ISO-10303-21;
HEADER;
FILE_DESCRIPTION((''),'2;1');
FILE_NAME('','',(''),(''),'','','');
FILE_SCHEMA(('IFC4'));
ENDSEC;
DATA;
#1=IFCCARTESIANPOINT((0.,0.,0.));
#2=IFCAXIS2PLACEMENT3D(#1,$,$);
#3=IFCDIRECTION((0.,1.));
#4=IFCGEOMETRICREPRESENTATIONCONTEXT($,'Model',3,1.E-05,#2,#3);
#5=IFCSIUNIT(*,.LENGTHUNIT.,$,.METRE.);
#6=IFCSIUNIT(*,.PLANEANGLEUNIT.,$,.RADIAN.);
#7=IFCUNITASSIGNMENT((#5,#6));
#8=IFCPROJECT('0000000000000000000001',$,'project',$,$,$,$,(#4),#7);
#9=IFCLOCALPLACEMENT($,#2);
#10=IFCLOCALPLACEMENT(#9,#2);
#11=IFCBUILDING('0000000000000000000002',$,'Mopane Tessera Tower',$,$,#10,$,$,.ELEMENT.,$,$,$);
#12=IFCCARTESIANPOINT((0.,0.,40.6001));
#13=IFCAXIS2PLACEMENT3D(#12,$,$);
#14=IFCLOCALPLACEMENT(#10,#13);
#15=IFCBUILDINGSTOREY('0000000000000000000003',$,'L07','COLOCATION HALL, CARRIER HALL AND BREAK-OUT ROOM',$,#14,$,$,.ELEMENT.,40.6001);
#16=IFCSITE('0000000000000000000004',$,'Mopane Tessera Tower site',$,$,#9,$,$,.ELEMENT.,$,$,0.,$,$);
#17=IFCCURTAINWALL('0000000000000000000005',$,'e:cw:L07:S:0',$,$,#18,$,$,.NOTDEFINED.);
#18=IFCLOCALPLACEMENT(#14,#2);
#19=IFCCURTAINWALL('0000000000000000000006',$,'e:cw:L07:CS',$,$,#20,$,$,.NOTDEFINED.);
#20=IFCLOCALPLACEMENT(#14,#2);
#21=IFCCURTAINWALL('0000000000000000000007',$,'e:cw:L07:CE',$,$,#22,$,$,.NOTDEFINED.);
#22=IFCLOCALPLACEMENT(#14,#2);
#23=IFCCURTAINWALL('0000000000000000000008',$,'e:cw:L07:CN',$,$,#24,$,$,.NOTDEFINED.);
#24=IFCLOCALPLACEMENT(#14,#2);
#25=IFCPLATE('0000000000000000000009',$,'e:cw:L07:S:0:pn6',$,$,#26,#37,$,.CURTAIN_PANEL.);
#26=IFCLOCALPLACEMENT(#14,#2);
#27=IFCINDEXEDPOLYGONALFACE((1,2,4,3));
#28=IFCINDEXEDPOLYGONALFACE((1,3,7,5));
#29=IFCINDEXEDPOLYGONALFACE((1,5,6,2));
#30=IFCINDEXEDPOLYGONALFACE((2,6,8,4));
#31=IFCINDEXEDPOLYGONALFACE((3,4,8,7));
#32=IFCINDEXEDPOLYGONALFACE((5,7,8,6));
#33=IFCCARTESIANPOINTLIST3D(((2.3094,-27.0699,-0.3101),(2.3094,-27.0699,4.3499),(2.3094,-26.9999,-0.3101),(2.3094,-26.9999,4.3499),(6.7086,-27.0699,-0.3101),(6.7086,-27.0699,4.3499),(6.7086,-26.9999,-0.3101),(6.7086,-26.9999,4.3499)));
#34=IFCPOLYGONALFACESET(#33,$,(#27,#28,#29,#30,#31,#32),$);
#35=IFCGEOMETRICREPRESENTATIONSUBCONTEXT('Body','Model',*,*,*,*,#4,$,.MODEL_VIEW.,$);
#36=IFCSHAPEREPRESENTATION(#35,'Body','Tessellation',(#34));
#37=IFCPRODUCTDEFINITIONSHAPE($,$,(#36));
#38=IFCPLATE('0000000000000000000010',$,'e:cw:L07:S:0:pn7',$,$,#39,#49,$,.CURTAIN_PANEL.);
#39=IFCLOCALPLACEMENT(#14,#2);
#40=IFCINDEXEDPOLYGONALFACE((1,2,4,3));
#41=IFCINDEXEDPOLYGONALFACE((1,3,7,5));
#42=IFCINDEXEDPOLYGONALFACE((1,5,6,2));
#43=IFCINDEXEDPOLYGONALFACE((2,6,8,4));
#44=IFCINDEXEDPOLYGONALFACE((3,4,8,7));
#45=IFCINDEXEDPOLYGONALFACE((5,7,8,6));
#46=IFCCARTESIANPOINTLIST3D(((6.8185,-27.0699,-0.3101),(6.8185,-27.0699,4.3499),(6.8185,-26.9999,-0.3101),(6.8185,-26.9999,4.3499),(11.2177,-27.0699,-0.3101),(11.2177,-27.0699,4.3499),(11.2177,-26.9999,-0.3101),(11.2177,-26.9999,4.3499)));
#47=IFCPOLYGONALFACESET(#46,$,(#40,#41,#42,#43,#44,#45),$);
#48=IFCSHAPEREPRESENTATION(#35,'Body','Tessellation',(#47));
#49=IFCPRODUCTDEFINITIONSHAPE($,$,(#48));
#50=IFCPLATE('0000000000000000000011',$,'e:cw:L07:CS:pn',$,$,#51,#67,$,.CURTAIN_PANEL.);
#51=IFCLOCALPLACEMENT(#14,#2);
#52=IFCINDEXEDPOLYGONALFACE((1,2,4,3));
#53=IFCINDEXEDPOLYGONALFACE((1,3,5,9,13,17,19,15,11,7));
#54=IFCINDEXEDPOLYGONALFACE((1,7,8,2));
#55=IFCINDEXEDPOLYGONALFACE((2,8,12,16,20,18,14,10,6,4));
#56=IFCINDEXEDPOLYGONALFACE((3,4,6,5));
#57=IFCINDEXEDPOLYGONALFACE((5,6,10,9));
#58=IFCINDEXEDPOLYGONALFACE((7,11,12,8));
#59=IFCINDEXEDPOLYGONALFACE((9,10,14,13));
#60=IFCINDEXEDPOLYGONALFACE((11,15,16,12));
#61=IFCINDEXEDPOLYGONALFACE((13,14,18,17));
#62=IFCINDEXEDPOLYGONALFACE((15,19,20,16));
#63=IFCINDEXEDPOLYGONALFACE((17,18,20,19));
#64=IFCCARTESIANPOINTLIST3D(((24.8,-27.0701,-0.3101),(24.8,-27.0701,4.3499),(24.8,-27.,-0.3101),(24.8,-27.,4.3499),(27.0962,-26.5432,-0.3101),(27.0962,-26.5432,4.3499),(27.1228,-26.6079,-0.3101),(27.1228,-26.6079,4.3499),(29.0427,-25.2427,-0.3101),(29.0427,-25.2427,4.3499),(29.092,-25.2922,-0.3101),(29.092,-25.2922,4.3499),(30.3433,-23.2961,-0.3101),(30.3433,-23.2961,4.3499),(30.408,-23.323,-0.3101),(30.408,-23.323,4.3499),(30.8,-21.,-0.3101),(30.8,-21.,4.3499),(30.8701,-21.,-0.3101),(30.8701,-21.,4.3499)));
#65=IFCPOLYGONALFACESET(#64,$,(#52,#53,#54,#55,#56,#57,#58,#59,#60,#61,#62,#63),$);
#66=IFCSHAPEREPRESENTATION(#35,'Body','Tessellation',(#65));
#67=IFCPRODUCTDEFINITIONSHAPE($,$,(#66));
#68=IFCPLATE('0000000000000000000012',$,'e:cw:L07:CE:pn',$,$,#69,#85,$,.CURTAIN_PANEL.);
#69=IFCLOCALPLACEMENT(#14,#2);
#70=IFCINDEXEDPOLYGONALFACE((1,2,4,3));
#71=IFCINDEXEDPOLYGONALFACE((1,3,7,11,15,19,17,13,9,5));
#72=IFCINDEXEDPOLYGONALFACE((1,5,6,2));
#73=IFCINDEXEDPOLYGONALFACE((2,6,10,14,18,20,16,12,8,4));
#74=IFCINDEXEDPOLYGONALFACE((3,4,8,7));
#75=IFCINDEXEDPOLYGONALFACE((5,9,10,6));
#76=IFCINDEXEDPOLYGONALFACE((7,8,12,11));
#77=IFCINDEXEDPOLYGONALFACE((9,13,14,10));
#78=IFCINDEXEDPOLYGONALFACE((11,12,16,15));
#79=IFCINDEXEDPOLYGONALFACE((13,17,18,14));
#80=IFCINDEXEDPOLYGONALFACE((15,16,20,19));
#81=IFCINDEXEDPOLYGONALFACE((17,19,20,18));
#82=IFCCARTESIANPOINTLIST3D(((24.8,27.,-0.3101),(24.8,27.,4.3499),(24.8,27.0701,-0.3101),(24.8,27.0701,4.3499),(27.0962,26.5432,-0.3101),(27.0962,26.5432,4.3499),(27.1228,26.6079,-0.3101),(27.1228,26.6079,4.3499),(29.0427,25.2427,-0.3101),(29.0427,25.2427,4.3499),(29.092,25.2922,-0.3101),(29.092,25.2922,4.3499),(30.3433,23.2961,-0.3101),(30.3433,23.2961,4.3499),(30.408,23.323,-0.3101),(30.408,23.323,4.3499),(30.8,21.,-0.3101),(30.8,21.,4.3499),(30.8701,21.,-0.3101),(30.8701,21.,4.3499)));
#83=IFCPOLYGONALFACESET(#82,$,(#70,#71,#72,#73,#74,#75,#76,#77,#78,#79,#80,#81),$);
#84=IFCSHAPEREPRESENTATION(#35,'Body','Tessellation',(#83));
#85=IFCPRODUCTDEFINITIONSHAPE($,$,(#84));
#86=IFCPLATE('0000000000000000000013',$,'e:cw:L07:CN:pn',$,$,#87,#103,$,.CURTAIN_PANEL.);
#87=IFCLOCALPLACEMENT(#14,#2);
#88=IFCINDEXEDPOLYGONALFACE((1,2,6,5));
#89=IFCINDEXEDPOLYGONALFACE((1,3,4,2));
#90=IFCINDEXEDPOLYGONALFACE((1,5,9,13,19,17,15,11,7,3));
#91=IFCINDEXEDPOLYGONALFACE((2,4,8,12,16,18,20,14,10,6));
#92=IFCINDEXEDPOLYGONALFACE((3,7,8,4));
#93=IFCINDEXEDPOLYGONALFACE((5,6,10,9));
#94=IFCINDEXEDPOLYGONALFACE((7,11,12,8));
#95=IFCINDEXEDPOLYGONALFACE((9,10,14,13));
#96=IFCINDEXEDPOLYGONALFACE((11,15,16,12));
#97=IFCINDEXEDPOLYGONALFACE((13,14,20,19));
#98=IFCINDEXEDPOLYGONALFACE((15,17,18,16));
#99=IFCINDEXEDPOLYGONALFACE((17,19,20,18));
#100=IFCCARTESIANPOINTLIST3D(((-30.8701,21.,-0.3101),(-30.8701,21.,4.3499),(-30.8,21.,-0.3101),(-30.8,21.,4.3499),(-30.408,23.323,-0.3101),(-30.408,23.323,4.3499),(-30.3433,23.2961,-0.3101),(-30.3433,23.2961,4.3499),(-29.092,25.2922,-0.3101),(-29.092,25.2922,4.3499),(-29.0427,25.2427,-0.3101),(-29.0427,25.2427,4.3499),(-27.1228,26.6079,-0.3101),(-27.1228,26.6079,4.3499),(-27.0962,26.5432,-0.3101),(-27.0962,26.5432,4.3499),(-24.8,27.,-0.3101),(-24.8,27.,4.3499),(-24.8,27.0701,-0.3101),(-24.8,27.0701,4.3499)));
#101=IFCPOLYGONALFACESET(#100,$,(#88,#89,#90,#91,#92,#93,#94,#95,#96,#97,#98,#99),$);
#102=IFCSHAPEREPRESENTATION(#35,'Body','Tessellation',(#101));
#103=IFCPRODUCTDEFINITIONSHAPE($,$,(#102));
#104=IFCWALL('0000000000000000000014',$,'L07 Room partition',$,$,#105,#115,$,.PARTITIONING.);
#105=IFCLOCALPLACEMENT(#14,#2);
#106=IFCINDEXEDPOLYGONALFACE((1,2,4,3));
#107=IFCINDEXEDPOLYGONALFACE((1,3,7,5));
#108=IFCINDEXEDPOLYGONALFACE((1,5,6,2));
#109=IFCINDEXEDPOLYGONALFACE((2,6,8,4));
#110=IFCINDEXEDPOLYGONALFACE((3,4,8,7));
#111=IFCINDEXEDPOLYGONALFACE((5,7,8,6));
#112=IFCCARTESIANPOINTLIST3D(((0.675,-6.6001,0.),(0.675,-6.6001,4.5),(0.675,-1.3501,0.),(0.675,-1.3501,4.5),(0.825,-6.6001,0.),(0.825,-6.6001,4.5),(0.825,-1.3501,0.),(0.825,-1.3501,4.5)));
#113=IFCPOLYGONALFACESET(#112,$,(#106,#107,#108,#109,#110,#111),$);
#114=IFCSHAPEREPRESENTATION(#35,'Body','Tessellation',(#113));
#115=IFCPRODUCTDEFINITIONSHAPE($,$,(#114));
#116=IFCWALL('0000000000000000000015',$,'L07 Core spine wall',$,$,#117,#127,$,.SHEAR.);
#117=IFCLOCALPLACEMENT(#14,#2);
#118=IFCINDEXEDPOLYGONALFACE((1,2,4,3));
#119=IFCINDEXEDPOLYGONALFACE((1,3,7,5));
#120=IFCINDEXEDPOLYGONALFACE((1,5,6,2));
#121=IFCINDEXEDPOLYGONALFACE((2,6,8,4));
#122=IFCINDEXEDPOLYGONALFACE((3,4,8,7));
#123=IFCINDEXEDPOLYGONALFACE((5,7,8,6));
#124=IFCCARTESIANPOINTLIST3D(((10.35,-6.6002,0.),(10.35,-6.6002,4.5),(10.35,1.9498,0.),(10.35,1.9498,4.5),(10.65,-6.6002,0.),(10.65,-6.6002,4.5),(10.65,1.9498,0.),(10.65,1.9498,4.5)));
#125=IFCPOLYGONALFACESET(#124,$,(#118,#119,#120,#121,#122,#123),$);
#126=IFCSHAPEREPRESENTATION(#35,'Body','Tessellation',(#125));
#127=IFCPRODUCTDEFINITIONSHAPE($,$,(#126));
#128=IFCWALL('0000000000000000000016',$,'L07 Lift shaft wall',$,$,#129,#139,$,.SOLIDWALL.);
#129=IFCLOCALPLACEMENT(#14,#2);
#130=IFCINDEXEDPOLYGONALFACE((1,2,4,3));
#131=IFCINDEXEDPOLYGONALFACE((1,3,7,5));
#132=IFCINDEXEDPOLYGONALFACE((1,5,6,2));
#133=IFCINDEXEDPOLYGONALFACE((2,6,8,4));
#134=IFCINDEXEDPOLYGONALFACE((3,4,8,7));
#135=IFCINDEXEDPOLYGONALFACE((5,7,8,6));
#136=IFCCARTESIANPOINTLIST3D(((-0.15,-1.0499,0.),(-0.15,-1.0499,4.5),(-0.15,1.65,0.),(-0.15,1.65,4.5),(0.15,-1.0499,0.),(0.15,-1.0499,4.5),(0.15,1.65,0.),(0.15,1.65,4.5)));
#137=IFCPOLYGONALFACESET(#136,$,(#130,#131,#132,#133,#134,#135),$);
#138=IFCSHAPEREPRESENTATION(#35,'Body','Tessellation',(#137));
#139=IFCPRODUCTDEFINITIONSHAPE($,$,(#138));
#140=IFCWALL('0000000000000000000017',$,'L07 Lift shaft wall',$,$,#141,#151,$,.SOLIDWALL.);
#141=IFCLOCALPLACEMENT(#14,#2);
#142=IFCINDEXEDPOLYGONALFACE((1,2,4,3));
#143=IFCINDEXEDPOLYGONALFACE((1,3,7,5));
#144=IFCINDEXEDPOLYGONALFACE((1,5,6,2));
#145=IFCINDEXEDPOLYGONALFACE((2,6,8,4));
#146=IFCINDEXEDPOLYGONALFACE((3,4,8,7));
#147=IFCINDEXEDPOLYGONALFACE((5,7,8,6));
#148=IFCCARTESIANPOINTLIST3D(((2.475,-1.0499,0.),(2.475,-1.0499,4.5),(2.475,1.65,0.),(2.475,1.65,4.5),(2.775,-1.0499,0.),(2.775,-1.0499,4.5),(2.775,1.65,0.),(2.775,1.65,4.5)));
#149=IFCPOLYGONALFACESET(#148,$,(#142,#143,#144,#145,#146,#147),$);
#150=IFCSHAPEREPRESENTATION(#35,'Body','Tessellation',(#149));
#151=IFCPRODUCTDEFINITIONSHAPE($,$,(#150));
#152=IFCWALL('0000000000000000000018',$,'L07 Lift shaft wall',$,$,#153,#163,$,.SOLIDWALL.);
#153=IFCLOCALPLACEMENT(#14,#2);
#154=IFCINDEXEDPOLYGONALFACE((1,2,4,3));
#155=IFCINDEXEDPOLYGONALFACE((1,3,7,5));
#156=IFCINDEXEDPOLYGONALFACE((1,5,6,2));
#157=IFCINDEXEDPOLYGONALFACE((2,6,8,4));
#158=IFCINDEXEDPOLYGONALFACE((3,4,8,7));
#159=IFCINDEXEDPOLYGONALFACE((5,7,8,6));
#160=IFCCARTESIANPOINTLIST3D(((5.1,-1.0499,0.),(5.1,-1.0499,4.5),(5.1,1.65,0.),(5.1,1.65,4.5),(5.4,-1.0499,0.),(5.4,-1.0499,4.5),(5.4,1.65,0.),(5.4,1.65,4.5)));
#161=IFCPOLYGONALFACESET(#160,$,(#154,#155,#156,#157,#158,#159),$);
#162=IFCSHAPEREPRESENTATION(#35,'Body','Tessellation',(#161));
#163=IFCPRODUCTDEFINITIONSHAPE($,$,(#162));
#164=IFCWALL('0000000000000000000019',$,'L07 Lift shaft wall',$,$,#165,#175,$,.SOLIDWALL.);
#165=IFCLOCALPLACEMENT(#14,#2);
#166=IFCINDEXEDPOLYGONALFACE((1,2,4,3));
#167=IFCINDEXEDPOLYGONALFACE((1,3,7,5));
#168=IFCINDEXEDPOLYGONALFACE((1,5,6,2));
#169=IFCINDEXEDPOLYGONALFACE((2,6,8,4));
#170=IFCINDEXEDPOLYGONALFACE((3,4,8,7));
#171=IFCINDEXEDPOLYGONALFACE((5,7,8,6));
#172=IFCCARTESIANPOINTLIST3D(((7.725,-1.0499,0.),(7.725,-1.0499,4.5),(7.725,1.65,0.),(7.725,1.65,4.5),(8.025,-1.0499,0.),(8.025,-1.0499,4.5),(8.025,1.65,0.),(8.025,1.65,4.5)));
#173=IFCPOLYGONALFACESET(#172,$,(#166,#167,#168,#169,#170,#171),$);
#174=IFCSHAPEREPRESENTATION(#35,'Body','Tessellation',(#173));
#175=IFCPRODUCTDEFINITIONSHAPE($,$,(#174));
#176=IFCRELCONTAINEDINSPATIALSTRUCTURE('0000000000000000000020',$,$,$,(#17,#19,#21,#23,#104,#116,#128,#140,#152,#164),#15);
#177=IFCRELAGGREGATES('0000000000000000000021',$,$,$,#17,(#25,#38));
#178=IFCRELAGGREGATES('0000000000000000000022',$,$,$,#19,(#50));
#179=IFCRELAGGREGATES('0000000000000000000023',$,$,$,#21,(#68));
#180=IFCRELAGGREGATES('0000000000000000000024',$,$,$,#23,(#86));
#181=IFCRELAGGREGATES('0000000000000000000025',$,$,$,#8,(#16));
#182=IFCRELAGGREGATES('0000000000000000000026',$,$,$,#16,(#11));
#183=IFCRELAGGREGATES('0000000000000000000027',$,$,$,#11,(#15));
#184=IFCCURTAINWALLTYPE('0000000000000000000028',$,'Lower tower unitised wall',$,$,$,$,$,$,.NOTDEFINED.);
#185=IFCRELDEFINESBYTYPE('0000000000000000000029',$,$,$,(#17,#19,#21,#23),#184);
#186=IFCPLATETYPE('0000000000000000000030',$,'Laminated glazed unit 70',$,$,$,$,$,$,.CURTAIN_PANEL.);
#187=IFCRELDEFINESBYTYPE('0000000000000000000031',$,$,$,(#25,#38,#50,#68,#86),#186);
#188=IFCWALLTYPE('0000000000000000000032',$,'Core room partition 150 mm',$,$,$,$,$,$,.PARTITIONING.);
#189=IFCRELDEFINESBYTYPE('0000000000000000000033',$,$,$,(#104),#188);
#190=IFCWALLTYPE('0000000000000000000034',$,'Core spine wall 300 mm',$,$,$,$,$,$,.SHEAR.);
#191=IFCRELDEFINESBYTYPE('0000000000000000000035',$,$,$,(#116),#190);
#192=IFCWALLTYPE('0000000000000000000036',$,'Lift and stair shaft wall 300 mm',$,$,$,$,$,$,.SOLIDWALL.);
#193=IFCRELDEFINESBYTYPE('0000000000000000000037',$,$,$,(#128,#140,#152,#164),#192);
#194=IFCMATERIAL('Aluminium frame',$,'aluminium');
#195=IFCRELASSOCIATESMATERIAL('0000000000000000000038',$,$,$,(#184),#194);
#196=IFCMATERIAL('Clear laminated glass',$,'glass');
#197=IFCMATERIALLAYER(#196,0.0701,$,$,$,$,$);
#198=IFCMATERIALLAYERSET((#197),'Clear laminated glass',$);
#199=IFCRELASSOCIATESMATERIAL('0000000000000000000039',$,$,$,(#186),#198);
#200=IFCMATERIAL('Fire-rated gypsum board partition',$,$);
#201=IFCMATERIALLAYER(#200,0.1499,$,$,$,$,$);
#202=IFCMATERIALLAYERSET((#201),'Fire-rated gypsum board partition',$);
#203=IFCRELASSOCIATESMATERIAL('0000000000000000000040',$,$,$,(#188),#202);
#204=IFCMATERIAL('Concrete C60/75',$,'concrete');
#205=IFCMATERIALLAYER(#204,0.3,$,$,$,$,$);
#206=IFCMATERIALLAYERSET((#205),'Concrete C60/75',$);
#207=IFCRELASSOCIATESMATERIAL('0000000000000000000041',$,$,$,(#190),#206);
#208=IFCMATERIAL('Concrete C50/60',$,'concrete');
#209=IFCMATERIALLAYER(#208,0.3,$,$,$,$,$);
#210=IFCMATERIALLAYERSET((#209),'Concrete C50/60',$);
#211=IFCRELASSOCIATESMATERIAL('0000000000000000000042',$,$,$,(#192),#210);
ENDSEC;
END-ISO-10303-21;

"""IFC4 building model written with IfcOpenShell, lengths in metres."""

from ifc_helpers import new_model, si_unit, direction, frame, frame_2d, origin, origin_2d, place, context, subcontext, project, spatial, polyline, rectangle, outline, extrude, material, layer, layer_set, type_object, element, aggregate, save


model = new_model("IFC4")

# Units and contexts
model_context = context("Model", 3, precision=1e-05, world=origin(), true_north=direction((0.0, 1.0)))
body_context = subcontext(model_context, "Body", "Model", "MODEL_VIEW")
ifc_project = project(units=[si_unit("LENGTHUNIT", "METRE"), si_unit("PLANEANGLEUNIT", "RADIAN")], contexts=[model_context])

# Site, building, storey
site_placement = place(None, origin())
site = spatial("IfcSite", under=ifc_project, at=site_placement, Name="Mopane Tessera Tower site", CompositionType="ELEMENT", RefElevation=0.0)
building_placement = place(site_placement, origin())
building = spatial("IfcBuilding", under=site, at=building_placement, Name="Mopane Tessera Tower", CompositionType="ELEMENT")
storey_placement = place(building_placement, frame((0.0, 0.0, 40.6001)))
storey = spatial("IfcBuildingStorey", under=building, at=storey_placement, Name="L07", Description="COLOCATION HALL, CARRIER HALL AND BREAK-OUT ROOM", CompositionType="ELEMENT", Elevation=40.6001)

# Curtain wall
ifc_material_1 = material(Name="Aluminium frame", Category="aluminium")
curtain_wall_type = type_object("IfcCurtainWallType", Name="Lower tower unitised wall", PredefinedType="NOTDEFINED", material=ifc_material_1)
curtain_wall_1_placement = place(storey_placement, origin())
curtain_wall_1 = element("IfcCurtainWall", 1, at=curtain_wall_1_placement, inside=storey, type_object=curtain_wall_type, Name="e:cw:L07:S:0", PredefinedType="NOTDEFINED")

# Curtain walls
curtain_wall_2_placement = place(storey_placement, origin())
curtain_wall_2 = element("IfcCurtainWall", 2, at=curtain_wall_2_placement, inside=storey, type_object=curtain_wall_type, Name="e:cw:L07:CS", PredefinedType="NOTDEFINED")
curtain_wall_3_placement = place(storey_placement, origin())
curtain_wall_3 = element("IfcCurtainWall", 3, at=curtain_wall_3_placement, inside=storey, type_object=curtain_wall_type, Name="e:cw:L07:CE", PredefinedType="NOTDEFINED")
curtain_wall_4_placement = place(storey_placement, origin())
curtain_wall_4 = element("IfcCurtainWall", 4, at=curtain_wall_4_placement, inside=storey, type_object=curtain_wall_type, Name="e:cw:L07:CN", PredefinedType="NOTDEFINED")

# Plates
ifc_material_2 = material(Name="Clear laminated glass", Category="glass")
ifc_layer_1 = layer(ifc_material_2, 0.0701)
ifc_layer_set_1 = layer_set([ifc_layer_1], Name="Clear laminated glass")
plate_type = type_object("IfcPlateType", Name="Laminated glazed unit 70", PredefinedType="CURTAIN_PANEL", material=ifc_layer_set_1)
plate_1_placement = place(storey_placement, frame((4.509, -27.0349, -0.3101), z_axis=(0.0, 0.0, 1.0), x_axis=(1.0, 0.0, 0.0)))
plate_1 = element("IfcPlate", 5, at=plate_1_placement, type_object=plate_type, Name="e:cw:L07:S:0:pn6", PredefinedType="CURTAIN_PANEL", context=body_context, shape_type="SweptSolid", body=[
    extrude(rectangle(XDim=4.3992, YDim=0.0701, at=origin_2d()), origin(), (0.0, 0.0, 1.0), 4.6599),
])
plate_2_placement = place(storey_placement, frame((9.0181, -27.0349, -0.3101), z_axis=(0.0, 0.0, 1.0), x_axis=(1.0, 0.0, 0.0)))
plate_2 = element("IfcPlate", 6, at=plate_2_placement, type_object=plate_type, Name="e:cw:L07:S:0:pn7", PredefinedType="CURTAIN_PANEL", context=body_context, shape_type="SweptSolid", body=[
    extrude(rectangle(XDim=4.3992, YDim=0.0701, at=origin_2d()), origin(), (0.0, 0.0, 1.0), 4.6599),
])
aggregate(curtain_wall_1, [plate_1, plate_2])
plate_3_placement = place(storey_placement, frame((0.0, 0.0, -0.3101)))
plate_3 = element("IfcPlate", 7, at=plate_3_placement, type_object=plate_type, Name="e:cw:L07:CS:pn", PredefinedType="CURTAIN_PANEL", context=body_context, shape_type="SweptSolid", body=[
    extrude(outline(polyline([(24.8, -27.0), (27.0962, -26.5432), (29.0427, -25.2427), (30.3433, -23.2961), (30.8, -21.0), (30.8701, -21.0), (30.408, -23.323), (29.092, -25.2922), (27.1228, -26.6079), (24.8, -27.0701), (24.8, -27.0)])), origin(), (0.0, 0.0, 1.0), 4.6599),
])
aggregate(curtain_wall_2, [plate_3])
plate_4_placement = place(storey_placement, frame((0.0, 0.0, -0.3101)))
plate_4 = element("IfcPlate", 8, at=plate_4_placement, type_object=plate_type, Name="e:cw:L07:CE:pn", PredefinedType="CURTAIN_PANEL", context=body_context, shape_type="SweptSolid", body=[
    extrude(outline(polyline([(30.8, 21.0), (30.3433, 23.2961), (29.0427, 25.2427), (27.0962, 26.5432), (24.8, 27.0), (24.8, 27.0701), (27.1228, 26.6079), (29.092, 25.2922), (30.408, 23.323), (30.8701, 21.0), (30.8, 21.0)])), origin(), (0.0, 0.0, 1.0), 4.6599),
])
aggregate(curtain_wall_3, [plate_4])
plate_5_placement = place(storey_placement, frame((0.0, 0.0, -0.3101)))
plate_5 = element("IfcPlate", 9, at=plate_5_placement, type_object=plate_type, Name="e:cw:L07:CN:pn", PredefinedType="CURTAIN_PANEL", context=body_context, shape_type="SweptSolid", body=[
    extrude(outline(polyline([(-24.8, 27.0), (-27.0962, 26.5432), (-29.0427, 25.2427), (-30.3433, 23.2961), (-30.8, 21.0), (-30.8701, 21.0), (-30.408, 23.323), (-29.092, 25.2922), (-27.1228, 26.6079), (-24.8, 27.0701), (-24.8, 27.0)])), origin(), (0.0, 0.0, 1.0), 4.6599),
])
aggregate(curtain_wall_4, [plate_5])

# Walls
ifc_material_3 = material(Name="Fire-rated gypsum board partition")
ifc_layer_2 = layer(ifc_material_3, 0.1499)
ifc_layer_set_2 = layer_set([ifc_layer_2], Name="Fire-rated gypsum board partition")
wall_type_1 = type_object("IfcWallType", Name="Core room partition 150 mm", PredefinedType="PARTITIONING", material=ifc_layer_set_2)
wall_1_placement = place(storey_placement, frame((0.75, -6.6001, 0.0), z_axis=(0.0, 0.0, 1.0), x_axis=(0.0, 1.0, 0.0)))
element("IfcWall", 10, at=wall_1_placement, inside=storey, type_object=wall_type_1, Name="L07 Room partition", PredefinedType="PARTITIONING", context=body_context, shape_type="SweptSolid", body=[
    extrude(rectangle(XDim=5.25, YDim=0.1499, at=frame_2d((2.625, 0.0))), origin(), (0.0, 0.0, 1.0), 4.5),
])
ifc_material_4 = material(Name="Concrete C60/75", Category="concrete")
ifc_layer_3 = layer(ifc_material_4, 0.3)
ifc_layer_set_3 = layer_set([ifc_layer_3], Name="Concrete C60/75")
wall_type_2 = type_object("IfcWallType", Name="Core spine wall 300 mm", PredefinedType="SHEAR", material=ifc_layer_set_3)
wall_2_placement = place(storey_placement, frame((10.5, -6.6001, 0.0), z_axis=(0.0, 0.0, 1.0), x_axis=(0.0, 1.0, 0.0)))
element("IfcWall", 11, at=wall_2_placement, inside=storey, type_object=wall_type_2, Name="L07 Core spine wall", PredefinedType="SHEAR", context=body_context, shape_type="SweptSolid", body=[
    extrude(rectangle(XDim=8.55, YDim=0.3, at=frame_2d((4.2749, 0.0))), origin(), (0.0, 0.0, 1.0), 4.5),
])
ifc_material_5 = material(Name="Concrete C50/60", Category="concrete")
ifc_layer_4 = layer(ifc_material_5, 0.3)
ifc_layer_set_4 = layer_set([ifc_layer_4], Name="Concrete C50/60")
wall_type_3 = type_object("IfcWallType", Name="Lift and stair shaft wall 300 mm", PredefinedType="SOLIDWALL", material=ifc_layer_set_4)
for number, where, z_axis, x_axis, name in (
    (12, (0.0, -1.05, 0.0), (0.0, 0.0, 1.0), (0.0, 1.0, 0.0), "L07 Lift shaft wall"),
    (13, (2.625, -1.05, 0.0), (0.0, 0.0, 1.0), (0.0, 1.0, 0.0), "L07 Lift shaft wall"),
    (14, (5.25, -1.05, 0.0), (0.0, 0.0, 1.0), (0.0, 1.0, 0.0), "L07 Lift shaft wall"),
    (15, (7.875, -1.05, 0.0), (0.0, 0.0, 1.0), (0.0, 1.0, 0.0), "L07 Lift shaft wall"),
):
    element("IfcWall", number, at=place(storey_placement, frame(where, z_axis=z_axis, x_axis=x_axis)), inside=storey, type_object=wall_type_3, Name=name, PredefinedType="SOLIDWALL", context=body_context, shape_type="SweptSolid", body=[
        extrude(rectangle(XDim=2.7, YDim=0.3, at=frame_2d((1.3501, 0.0))), origin(), (0.0, 0.0, 1.0), 4.5),
    ])

save(model, "model.ifc")
